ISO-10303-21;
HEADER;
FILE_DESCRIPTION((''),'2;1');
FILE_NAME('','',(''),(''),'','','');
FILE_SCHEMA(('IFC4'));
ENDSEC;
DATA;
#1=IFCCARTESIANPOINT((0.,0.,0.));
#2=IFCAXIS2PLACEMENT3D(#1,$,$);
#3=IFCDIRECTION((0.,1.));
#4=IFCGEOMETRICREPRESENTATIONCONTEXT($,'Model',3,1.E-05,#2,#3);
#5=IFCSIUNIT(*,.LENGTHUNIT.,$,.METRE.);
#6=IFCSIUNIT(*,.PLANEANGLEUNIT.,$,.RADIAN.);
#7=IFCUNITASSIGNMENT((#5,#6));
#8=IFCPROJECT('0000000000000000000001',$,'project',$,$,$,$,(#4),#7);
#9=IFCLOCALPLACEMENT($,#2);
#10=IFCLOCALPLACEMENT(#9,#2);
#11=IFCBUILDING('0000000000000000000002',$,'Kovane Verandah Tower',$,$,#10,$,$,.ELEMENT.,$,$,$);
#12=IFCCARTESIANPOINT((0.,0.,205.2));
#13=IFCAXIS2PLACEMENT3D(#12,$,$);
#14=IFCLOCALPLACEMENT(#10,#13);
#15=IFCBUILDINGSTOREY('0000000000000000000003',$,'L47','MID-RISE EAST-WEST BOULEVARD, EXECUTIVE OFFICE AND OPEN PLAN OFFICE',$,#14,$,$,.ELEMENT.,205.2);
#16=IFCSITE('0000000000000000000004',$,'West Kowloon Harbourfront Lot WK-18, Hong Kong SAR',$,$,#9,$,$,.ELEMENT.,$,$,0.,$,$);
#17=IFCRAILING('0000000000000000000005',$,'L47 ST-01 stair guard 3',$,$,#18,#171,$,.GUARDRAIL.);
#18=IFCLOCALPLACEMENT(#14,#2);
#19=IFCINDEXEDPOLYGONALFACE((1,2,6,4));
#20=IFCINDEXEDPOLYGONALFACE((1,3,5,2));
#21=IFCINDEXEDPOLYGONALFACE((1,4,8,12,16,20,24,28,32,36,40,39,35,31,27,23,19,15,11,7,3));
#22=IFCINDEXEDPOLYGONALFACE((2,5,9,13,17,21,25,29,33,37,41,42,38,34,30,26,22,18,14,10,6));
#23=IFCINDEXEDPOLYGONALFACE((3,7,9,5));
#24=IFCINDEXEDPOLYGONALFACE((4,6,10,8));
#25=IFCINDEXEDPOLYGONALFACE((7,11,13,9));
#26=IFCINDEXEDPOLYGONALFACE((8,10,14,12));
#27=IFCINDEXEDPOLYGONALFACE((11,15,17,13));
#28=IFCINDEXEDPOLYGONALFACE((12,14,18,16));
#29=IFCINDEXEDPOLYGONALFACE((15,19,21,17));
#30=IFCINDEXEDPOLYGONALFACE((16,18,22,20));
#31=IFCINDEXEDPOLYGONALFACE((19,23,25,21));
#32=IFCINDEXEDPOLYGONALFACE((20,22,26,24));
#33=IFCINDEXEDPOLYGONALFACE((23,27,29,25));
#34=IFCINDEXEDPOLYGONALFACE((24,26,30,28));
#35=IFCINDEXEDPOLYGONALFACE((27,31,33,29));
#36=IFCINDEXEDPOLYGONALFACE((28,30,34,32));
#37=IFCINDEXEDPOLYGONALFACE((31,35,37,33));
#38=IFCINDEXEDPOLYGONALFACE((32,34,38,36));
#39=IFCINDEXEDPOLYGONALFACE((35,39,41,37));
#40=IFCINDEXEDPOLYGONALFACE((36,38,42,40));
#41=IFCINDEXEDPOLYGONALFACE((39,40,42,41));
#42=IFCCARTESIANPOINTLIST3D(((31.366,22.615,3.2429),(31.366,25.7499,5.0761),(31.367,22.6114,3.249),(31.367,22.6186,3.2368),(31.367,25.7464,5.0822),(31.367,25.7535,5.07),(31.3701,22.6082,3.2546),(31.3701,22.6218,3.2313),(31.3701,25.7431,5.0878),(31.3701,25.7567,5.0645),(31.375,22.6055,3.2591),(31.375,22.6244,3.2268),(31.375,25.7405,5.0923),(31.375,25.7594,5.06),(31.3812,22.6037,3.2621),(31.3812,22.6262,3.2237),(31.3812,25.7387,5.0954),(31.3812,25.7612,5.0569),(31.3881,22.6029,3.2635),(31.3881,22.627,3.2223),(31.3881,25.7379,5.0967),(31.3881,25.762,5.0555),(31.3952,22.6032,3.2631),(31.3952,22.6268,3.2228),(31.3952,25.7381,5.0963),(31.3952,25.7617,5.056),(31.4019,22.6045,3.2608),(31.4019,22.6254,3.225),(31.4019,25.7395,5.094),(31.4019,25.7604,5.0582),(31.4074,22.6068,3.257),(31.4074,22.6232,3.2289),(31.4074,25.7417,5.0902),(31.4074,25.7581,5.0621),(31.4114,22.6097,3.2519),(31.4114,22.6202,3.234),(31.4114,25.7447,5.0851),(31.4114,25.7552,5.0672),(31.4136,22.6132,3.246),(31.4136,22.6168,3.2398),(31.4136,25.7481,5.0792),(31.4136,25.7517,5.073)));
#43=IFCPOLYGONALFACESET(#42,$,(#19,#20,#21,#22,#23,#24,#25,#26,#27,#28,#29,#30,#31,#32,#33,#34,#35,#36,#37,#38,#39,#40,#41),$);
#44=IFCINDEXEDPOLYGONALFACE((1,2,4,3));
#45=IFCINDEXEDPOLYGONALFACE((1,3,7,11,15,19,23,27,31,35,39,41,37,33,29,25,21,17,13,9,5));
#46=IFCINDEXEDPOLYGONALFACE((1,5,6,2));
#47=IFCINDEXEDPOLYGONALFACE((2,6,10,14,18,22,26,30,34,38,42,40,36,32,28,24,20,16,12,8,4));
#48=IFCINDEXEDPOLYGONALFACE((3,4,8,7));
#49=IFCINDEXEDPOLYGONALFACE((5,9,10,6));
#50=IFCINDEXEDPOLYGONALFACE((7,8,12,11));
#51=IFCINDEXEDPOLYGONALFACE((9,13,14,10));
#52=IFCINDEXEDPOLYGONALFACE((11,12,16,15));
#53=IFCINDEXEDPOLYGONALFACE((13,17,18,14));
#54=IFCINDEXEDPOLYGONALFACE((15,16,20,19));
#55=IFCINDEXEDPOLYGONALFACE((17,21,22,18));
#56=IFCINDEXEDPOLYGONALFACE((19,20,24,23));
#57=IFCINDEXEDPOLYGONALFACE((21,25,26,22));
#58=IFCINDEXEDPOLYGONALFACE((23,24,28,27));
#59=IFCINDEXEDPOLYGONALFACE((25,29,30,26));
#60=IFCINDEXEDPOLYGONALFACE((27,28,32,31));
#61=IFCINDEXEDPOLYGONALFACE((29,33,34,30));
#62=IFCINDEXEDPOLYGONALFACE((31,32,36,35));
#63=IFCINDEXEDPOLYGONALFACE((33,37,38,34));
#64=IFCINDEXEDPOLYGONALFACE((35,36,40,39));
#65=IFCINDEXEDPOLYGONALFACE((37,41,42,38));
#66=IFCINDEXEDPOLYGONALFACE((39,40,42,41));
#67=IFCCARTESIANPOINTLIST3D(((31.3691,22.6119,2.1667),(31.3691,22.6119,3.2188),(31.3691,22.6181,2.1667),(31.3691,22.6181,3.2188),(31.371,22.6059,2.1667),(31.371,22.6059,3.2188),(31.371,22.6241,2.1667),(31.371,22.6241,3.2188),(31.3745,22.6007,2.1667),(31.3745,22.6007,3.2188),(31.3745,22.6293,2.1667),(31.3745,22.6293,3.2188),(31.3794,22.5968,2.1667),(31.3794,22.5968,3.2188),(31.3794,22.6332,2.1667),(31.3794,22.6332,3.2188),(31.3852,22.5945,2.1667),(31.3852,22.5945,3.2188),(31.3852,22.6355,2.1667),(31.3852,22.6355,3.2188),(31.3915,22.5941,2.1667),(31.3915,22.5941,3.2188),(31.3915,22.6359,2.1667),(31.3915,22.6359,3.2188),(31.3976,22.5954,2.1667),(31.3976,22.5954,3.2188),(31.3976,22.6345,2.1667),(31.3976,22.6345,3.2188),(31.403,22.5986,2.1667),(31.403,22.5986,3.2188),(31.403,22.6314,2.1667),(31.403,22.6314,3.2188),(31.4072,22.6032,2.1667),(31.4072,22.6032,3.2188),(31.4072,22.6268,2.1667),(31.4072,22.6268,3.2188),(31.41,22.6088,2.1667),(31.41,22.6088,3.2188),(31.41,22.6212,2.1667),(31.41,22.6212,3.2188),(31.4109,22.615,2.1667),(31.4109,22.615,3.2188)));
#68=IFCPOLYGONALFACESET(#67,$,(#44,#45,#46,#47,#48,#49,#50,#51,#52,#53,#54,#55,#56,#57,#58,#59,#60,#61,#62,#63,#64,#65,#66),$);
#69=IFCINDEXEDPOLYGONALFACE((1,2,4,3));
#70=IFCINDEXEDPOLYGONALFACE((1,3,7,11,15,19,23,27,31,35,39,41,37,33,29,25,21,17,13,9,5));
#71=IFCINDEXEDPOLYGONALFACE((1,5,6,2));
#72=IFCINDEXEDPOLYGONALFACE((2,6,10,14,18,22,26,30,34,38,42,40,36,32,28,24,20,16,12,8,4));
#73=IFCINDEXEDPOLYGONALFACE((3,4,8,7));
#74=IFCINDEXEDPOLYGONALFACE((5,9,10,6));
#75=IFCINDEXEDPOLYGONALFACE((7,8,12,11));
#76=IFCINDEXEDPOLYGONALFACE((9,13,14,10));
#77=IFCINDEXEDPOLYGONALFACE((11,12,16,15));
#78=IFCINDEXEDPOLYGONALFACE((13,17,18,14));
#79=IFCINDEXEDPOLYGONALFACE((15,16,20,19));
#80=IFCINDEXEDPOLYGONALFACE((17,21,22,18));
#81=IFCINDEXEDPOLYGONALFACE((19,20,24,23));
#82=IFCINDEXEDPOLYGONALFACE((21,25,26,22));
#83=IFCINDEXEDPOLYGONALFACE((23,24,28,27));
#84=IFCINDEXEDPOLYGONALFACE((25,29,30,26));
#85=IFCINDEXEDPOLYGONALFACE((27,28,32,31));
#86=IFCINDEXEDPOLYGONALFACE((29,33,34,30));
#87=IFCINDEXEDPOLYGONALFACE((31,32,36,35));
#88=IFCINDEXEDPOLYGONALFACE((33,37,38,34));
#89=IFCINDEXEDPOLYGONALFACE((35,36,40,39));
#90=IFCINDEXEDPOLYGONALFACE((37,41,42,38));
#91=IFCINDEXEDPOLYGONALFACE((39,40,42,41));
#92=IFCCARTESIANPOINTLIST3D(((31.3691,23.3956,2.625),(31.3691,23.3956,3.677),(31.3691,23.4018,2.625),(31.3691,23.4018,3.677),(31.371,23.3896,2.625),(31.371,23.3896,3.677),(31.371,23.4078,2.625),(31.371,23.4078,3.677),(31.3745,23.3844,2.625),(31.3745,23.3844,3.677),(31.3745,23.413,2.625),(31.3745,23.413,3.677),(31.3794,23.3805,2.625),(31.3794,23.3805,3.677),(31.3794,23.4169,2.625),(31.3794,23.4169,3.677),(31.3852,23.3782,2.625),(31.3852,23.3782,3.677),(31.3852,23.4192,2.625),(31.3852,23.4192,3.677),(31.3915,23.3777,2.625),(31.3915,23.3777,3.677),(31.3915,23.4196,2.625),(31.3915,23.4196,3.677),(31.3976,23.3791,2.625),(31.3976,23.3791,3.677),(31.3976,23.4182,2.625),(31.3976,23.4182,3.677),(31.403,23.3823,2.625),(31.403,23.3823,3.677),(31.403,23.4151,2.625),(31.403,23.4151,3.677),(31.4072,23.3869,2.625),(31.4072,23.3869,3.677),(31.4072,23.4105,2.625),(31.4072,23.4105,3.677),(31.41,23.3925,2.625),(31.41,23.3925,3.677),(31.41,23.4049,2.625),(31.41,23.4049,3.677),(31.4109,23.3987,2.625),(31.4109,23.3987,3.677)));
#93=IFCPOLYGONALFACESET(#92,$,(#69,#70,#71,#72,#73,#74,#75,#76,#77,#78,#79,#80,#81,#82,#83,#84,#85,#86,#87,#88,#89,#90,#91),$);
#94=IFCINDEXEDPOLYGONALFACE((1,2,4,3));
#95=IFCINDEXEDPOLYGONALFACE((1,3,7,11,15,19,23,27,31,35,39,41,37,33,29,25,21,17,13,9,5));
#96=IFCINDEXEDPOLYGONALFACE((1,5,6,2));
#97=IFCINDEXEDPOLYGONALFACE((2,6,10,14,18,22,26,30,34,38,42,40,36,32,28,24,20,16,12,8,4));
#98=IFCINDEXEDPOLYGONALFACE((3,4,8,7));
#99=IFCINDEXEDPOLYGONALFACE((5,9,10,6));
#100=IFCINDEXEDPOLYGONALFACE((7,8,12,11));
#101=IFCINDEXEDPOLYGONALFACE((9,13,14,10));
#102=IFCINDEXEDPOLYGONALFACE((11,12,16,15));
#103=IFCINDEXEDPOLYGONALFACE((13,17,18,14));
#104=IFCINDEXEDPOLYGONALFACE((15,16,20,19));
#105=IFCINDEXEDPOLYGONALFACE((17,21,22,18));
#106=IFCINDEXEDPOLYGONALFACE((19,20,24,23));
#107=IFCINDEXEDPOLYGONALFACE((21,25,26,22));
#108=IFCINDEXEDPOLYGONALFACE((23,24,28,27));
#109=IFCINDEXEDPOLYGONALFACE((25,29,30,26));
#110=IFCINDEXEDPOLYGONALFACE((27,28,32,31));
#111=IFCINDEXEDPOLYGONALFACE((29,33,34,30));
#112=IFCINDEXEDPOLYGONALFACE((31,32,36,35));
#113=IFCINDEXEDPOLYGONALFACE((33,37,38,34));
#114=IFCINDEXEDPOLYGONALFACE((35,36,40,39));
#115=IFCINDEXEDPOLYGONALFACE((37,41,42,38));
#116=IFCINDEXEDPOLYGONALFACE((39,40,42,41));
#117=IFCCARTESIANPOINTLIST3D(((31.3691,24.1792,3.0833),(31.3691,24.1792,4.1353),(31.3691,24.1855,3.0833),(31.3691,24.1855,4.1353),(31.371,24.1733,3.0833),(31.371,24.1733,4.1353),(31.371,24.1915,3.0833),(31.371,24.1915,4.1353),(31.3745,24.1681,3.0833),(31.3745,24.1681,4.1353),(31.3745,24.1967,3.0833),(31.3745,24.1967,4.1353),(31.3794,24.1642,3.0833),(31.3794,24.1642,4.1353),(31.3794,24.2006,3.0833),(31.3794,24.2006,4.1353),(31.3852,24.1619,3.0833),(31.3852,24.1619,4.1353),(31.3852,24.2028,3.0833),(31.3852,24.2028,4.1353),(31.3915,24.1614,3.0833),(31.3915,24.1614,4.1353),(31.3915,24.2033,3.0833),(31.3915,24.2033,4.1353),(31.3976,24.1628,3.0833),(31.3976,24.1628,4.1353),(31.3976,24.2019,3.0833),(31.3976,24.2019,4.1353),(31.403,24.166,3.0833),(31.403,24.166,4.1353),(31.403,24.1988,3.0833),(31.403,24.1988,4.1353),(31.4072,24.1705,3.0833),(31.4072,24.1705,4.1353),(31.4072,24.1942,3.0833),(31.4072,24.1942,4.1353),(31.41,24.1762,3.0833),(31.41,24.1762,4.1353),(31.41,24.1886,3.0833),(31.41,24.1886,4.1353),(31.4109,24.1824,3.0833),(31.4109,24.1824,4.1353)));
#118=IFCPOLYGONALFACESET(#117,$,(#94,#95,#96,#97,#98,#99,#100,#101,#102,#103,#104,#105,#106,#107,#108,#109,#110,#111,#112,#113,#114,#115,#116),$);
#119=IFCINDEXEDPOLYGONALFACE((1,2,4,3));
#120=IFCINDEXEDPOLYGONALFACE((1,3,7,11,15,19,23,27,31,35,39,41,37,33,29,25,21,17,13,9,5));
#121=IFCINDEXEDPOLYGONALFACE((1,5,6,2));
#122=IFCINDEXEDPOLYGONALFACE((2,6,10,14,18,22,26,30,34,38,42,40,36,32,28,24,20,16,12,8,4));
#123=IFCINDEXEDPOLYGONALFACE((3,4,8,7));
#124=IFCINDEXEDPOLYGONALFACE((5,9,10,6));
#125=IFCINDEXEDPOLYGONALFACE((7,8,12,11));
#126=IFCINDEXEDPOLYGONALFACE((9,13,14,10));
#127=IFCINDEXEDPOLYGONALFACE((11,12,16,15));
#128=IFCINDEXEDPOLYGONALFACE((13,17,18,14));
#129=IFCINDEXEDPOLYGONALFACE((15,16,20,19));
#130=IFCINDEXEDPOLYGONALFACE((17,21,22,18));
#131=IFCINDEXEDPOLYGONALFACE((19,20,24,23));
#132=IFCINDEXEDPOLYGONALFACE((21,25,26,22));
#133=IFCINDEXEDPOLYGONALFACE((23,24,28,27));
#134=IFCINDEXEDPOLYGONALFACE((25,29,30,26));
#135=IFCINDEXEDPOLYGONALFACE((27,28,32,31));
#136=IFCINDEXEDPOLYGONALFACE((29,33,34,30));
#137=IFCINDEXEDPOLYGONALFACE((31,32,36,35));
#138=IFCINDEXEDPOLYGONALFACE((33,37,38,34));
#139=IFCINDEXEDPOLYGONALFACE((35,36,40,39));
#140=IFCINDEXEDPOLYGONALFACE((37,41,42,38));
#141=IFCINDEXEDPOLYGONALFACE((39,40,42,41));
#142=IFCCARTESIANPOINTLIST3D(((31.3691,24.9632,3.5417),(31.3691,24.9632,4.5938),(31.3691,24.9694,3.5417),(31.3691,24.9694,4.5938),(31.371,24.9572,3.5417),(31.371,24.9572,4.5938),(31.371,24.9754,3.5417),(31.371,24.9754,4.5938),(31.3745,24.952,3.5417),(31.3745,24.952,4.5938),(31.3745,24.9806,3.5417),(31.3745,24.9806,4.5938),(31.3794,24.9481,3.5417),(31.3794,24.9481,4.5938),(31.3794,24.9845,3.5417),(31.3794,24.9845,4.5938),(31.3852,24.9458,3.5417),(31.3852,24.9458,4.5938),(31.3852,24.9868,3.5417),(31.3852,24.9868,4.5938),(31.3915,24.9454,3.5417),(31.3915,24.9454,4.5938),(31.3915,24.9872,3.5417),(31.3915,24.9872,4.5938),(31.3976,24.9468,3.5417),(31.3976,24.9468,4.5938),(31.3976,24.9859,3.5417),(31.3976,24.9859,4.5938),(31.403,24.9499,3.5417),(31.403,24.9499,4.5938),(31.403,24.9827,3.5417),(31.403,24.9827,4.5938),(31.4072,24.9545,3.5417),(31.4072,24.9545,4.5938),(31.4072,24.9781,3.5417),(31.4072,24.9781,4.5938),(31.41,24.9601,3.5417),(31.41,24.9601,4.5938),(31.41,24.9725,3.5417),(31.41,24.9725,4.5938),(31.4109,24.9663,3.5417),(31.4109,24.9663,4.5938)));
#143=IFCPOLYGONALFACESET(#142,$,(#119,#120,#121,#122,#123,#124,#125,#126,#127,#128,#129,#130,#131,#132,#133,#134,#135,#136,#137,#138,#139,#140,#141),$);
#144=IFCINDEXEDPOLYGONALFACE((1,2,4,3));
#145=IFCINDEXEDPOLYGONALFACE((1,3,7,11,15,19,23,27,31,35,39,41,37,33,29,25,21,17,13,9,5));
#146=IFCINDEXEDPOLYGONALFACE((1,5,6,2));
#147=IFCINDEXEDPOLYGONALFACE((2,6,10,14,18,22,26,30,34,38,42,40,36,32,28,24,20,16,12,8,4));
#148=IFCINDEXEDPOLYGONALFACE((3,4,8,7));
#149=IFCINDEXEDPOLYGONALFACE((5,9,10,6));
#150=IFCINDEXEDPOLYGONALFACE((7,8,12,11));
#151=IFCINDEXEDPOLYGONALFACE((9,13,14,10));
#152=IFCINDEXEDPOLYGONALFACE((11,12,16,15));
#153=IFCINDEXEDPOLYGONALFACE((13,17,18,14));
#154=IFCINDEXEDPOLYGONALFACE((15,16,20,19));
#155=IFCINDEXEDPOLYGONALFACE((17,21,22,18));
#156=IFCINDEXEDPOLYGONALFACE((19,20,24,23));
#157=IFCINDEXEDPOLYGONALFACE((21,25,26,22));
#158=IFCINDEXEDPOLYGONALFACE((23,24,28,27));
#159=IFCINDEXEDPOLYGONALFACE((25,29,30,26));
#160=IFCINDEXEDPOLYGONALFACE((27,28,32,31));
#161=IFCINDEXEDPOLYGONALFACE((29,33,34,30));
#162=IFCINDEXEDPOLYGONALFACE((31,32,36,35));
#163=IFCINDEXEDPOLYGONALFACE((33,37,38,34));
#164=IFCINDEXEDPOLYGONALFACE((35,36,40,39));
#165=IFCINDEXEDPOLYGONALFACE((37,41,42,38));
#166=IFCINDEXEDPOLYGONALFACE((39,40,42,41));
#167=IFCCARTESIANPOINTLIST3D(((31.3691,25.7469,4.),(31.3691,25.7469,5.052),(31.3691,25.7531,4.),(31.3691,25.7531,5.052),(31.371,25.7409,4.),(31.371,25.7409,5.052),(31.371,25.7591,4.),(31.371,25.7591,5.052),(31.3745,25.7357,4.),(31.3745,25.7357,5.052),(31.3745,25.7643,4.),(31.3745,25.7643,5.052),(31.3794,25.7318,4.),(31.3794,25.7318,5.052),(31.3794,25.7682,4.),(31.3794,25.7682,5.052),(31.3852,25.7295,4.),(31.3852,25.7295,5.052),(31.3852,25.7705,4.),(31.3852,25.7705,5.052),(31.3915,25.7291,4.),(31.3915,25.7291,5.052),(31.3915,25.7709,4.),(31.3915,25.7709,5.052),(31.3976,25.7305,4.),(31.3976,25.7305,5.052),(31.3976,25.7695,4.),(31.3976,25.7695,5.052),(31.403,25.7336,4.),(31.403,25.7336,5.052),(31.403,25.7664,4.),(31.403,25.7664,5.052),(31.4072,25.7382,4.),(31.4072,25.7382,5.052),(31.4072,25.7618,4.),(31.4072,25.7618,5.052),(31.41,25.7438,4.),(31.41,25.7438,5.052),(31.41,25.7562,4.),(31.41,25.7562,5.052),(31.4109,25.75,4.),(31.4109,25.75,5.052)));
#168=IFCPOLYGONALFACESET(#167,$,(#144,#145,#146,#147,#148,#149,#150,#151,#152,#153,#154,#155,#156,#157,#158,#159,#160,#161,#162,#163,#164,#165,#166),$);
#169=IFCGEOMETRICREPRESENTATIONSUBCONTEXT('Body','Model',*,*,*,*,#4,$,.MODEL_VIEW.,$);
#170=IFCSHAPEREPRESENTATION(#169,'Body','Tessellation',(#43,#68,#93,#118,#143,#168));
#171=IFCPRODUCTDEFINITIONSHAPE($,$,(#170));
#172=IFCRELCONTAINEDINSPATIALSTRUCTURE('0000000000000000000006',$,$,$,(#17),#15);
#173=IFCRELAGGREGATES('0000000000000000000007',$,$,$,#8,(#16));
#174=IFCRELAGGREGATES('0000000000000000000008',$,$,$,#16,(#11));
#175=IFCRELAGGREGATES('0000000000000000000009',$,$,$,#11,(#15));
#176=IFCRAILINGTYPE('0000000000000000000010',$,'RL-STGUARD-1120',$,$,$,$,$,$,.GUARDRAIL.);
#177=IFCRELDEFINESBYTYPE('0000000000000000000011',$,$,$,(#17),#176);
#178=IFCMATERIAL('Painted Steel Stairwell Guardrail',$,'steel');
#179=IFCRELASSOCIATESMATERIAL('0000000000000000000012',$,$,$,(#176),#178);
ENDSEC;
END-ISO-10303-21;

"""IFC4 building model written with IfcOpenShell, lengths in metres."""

from ifc_helpers import new_model, si_unit, direction, frame, origin, origin_2d, place, context, subcontext, project, spatial, circle, extrude, material, type_object, element, save


model = new_model("IFC4")

# Units and contexts
model_context = context("Model", 3, precision=1e-05, world=origin(), true_north=direction((0.0, 1.0)))
body_context = subcontext(model_context, "Body", "Model", "MODEL_VIEW")
ifc_project = project(units=[si_unit("LENGTHUNIT", "METRE"), si_unit("PLANEANGLEUNIT", "RADIAN")], contexts=[model_context])

# Site, building, storey
site_placement = place(None, origin())
site = spatial("IfcSite", under=ifc_project, at=site_placement, Name="West Kowloon Harbourfront Lot WK-18, Hong Kong SAR", CompositionType="ELEMENT", RefElevation=0.0)
building_placement = place(site_placement, origin())
building = spatial("IfcBuilding", under=site, at=building_placement, Name="Kovane Verandah Tower", CompositionType="ELEMENT")
storey_placement = place(building_placement, frame((0.0, 0.0, 205.2)))
storey = spatial("IfcBuildingStorey", under=building, at=storey_placement, Name="L47", Description="MID-RISE EAST-WEST BOULEVARD, EXECUTIVE OFFICE AND OPEN PLAN OFFICE", CompositionType="ELEMENT", Elevation=205.2)

# Railing
ifc_material_1 = material(Name="Painted Steel Stairwell Guardrail", Category="steel")
railing_type_1 = type_object("IfcRailingType", Name="RL-STGUARD-1120", PredefinedType="GUARDRAIL", material=ifc_material_1)
railing_1_placement = place(storey_placement, frame((31.3899, 22.615, 2.1667)))
element("IfcRailing", 1, at=railing_1_placement, inside=storey, type_object=railing_type_1, Name="L47 ST-01 stair guard 3", PredefinedType="GUARDRAIL", context=body_context, shape_type="SweptSolid", body=[
    extrude(circle(Radius=0.0239, at=origin_2d()), frame((0.0, 0.0, 1.0762), z_axis=(0.0, 0.86324, 0.504794), x_axis=(-1.0, 0.0, 0.0)), (0.0, 0.0, 1.0), 3.6316),
    extrude(circle(Radius=0.021, at=origin_2d()), origin(), (0.0, 0.0, 1.0), 1.052),
    extrude(circle(Radius=0.021, at=origin_2d()), frame((0.0, 0.7837, 0.4583)), (0.0, 0.0, 1.0), 1.052),
    extrude(circle(Radius=0.021, at=origin_2d()), frame((0.0, 1.5674, 0.9165)), (0.0, 0.0, 1.0), 1.052),
    extrude(circle(Radius=0.021, at=origin_2d()), frame((0.0, 2.3513, 1.375)), (0.0, 0.0, 1.0), 1.052),
    extrude(circle(Radius=0.021, at=origin_2d()), frame((0.0, 3.135, 1.8333)), (0.0, 0.0, 1.0), 1.052),
])

save(model, "model.ifc")
